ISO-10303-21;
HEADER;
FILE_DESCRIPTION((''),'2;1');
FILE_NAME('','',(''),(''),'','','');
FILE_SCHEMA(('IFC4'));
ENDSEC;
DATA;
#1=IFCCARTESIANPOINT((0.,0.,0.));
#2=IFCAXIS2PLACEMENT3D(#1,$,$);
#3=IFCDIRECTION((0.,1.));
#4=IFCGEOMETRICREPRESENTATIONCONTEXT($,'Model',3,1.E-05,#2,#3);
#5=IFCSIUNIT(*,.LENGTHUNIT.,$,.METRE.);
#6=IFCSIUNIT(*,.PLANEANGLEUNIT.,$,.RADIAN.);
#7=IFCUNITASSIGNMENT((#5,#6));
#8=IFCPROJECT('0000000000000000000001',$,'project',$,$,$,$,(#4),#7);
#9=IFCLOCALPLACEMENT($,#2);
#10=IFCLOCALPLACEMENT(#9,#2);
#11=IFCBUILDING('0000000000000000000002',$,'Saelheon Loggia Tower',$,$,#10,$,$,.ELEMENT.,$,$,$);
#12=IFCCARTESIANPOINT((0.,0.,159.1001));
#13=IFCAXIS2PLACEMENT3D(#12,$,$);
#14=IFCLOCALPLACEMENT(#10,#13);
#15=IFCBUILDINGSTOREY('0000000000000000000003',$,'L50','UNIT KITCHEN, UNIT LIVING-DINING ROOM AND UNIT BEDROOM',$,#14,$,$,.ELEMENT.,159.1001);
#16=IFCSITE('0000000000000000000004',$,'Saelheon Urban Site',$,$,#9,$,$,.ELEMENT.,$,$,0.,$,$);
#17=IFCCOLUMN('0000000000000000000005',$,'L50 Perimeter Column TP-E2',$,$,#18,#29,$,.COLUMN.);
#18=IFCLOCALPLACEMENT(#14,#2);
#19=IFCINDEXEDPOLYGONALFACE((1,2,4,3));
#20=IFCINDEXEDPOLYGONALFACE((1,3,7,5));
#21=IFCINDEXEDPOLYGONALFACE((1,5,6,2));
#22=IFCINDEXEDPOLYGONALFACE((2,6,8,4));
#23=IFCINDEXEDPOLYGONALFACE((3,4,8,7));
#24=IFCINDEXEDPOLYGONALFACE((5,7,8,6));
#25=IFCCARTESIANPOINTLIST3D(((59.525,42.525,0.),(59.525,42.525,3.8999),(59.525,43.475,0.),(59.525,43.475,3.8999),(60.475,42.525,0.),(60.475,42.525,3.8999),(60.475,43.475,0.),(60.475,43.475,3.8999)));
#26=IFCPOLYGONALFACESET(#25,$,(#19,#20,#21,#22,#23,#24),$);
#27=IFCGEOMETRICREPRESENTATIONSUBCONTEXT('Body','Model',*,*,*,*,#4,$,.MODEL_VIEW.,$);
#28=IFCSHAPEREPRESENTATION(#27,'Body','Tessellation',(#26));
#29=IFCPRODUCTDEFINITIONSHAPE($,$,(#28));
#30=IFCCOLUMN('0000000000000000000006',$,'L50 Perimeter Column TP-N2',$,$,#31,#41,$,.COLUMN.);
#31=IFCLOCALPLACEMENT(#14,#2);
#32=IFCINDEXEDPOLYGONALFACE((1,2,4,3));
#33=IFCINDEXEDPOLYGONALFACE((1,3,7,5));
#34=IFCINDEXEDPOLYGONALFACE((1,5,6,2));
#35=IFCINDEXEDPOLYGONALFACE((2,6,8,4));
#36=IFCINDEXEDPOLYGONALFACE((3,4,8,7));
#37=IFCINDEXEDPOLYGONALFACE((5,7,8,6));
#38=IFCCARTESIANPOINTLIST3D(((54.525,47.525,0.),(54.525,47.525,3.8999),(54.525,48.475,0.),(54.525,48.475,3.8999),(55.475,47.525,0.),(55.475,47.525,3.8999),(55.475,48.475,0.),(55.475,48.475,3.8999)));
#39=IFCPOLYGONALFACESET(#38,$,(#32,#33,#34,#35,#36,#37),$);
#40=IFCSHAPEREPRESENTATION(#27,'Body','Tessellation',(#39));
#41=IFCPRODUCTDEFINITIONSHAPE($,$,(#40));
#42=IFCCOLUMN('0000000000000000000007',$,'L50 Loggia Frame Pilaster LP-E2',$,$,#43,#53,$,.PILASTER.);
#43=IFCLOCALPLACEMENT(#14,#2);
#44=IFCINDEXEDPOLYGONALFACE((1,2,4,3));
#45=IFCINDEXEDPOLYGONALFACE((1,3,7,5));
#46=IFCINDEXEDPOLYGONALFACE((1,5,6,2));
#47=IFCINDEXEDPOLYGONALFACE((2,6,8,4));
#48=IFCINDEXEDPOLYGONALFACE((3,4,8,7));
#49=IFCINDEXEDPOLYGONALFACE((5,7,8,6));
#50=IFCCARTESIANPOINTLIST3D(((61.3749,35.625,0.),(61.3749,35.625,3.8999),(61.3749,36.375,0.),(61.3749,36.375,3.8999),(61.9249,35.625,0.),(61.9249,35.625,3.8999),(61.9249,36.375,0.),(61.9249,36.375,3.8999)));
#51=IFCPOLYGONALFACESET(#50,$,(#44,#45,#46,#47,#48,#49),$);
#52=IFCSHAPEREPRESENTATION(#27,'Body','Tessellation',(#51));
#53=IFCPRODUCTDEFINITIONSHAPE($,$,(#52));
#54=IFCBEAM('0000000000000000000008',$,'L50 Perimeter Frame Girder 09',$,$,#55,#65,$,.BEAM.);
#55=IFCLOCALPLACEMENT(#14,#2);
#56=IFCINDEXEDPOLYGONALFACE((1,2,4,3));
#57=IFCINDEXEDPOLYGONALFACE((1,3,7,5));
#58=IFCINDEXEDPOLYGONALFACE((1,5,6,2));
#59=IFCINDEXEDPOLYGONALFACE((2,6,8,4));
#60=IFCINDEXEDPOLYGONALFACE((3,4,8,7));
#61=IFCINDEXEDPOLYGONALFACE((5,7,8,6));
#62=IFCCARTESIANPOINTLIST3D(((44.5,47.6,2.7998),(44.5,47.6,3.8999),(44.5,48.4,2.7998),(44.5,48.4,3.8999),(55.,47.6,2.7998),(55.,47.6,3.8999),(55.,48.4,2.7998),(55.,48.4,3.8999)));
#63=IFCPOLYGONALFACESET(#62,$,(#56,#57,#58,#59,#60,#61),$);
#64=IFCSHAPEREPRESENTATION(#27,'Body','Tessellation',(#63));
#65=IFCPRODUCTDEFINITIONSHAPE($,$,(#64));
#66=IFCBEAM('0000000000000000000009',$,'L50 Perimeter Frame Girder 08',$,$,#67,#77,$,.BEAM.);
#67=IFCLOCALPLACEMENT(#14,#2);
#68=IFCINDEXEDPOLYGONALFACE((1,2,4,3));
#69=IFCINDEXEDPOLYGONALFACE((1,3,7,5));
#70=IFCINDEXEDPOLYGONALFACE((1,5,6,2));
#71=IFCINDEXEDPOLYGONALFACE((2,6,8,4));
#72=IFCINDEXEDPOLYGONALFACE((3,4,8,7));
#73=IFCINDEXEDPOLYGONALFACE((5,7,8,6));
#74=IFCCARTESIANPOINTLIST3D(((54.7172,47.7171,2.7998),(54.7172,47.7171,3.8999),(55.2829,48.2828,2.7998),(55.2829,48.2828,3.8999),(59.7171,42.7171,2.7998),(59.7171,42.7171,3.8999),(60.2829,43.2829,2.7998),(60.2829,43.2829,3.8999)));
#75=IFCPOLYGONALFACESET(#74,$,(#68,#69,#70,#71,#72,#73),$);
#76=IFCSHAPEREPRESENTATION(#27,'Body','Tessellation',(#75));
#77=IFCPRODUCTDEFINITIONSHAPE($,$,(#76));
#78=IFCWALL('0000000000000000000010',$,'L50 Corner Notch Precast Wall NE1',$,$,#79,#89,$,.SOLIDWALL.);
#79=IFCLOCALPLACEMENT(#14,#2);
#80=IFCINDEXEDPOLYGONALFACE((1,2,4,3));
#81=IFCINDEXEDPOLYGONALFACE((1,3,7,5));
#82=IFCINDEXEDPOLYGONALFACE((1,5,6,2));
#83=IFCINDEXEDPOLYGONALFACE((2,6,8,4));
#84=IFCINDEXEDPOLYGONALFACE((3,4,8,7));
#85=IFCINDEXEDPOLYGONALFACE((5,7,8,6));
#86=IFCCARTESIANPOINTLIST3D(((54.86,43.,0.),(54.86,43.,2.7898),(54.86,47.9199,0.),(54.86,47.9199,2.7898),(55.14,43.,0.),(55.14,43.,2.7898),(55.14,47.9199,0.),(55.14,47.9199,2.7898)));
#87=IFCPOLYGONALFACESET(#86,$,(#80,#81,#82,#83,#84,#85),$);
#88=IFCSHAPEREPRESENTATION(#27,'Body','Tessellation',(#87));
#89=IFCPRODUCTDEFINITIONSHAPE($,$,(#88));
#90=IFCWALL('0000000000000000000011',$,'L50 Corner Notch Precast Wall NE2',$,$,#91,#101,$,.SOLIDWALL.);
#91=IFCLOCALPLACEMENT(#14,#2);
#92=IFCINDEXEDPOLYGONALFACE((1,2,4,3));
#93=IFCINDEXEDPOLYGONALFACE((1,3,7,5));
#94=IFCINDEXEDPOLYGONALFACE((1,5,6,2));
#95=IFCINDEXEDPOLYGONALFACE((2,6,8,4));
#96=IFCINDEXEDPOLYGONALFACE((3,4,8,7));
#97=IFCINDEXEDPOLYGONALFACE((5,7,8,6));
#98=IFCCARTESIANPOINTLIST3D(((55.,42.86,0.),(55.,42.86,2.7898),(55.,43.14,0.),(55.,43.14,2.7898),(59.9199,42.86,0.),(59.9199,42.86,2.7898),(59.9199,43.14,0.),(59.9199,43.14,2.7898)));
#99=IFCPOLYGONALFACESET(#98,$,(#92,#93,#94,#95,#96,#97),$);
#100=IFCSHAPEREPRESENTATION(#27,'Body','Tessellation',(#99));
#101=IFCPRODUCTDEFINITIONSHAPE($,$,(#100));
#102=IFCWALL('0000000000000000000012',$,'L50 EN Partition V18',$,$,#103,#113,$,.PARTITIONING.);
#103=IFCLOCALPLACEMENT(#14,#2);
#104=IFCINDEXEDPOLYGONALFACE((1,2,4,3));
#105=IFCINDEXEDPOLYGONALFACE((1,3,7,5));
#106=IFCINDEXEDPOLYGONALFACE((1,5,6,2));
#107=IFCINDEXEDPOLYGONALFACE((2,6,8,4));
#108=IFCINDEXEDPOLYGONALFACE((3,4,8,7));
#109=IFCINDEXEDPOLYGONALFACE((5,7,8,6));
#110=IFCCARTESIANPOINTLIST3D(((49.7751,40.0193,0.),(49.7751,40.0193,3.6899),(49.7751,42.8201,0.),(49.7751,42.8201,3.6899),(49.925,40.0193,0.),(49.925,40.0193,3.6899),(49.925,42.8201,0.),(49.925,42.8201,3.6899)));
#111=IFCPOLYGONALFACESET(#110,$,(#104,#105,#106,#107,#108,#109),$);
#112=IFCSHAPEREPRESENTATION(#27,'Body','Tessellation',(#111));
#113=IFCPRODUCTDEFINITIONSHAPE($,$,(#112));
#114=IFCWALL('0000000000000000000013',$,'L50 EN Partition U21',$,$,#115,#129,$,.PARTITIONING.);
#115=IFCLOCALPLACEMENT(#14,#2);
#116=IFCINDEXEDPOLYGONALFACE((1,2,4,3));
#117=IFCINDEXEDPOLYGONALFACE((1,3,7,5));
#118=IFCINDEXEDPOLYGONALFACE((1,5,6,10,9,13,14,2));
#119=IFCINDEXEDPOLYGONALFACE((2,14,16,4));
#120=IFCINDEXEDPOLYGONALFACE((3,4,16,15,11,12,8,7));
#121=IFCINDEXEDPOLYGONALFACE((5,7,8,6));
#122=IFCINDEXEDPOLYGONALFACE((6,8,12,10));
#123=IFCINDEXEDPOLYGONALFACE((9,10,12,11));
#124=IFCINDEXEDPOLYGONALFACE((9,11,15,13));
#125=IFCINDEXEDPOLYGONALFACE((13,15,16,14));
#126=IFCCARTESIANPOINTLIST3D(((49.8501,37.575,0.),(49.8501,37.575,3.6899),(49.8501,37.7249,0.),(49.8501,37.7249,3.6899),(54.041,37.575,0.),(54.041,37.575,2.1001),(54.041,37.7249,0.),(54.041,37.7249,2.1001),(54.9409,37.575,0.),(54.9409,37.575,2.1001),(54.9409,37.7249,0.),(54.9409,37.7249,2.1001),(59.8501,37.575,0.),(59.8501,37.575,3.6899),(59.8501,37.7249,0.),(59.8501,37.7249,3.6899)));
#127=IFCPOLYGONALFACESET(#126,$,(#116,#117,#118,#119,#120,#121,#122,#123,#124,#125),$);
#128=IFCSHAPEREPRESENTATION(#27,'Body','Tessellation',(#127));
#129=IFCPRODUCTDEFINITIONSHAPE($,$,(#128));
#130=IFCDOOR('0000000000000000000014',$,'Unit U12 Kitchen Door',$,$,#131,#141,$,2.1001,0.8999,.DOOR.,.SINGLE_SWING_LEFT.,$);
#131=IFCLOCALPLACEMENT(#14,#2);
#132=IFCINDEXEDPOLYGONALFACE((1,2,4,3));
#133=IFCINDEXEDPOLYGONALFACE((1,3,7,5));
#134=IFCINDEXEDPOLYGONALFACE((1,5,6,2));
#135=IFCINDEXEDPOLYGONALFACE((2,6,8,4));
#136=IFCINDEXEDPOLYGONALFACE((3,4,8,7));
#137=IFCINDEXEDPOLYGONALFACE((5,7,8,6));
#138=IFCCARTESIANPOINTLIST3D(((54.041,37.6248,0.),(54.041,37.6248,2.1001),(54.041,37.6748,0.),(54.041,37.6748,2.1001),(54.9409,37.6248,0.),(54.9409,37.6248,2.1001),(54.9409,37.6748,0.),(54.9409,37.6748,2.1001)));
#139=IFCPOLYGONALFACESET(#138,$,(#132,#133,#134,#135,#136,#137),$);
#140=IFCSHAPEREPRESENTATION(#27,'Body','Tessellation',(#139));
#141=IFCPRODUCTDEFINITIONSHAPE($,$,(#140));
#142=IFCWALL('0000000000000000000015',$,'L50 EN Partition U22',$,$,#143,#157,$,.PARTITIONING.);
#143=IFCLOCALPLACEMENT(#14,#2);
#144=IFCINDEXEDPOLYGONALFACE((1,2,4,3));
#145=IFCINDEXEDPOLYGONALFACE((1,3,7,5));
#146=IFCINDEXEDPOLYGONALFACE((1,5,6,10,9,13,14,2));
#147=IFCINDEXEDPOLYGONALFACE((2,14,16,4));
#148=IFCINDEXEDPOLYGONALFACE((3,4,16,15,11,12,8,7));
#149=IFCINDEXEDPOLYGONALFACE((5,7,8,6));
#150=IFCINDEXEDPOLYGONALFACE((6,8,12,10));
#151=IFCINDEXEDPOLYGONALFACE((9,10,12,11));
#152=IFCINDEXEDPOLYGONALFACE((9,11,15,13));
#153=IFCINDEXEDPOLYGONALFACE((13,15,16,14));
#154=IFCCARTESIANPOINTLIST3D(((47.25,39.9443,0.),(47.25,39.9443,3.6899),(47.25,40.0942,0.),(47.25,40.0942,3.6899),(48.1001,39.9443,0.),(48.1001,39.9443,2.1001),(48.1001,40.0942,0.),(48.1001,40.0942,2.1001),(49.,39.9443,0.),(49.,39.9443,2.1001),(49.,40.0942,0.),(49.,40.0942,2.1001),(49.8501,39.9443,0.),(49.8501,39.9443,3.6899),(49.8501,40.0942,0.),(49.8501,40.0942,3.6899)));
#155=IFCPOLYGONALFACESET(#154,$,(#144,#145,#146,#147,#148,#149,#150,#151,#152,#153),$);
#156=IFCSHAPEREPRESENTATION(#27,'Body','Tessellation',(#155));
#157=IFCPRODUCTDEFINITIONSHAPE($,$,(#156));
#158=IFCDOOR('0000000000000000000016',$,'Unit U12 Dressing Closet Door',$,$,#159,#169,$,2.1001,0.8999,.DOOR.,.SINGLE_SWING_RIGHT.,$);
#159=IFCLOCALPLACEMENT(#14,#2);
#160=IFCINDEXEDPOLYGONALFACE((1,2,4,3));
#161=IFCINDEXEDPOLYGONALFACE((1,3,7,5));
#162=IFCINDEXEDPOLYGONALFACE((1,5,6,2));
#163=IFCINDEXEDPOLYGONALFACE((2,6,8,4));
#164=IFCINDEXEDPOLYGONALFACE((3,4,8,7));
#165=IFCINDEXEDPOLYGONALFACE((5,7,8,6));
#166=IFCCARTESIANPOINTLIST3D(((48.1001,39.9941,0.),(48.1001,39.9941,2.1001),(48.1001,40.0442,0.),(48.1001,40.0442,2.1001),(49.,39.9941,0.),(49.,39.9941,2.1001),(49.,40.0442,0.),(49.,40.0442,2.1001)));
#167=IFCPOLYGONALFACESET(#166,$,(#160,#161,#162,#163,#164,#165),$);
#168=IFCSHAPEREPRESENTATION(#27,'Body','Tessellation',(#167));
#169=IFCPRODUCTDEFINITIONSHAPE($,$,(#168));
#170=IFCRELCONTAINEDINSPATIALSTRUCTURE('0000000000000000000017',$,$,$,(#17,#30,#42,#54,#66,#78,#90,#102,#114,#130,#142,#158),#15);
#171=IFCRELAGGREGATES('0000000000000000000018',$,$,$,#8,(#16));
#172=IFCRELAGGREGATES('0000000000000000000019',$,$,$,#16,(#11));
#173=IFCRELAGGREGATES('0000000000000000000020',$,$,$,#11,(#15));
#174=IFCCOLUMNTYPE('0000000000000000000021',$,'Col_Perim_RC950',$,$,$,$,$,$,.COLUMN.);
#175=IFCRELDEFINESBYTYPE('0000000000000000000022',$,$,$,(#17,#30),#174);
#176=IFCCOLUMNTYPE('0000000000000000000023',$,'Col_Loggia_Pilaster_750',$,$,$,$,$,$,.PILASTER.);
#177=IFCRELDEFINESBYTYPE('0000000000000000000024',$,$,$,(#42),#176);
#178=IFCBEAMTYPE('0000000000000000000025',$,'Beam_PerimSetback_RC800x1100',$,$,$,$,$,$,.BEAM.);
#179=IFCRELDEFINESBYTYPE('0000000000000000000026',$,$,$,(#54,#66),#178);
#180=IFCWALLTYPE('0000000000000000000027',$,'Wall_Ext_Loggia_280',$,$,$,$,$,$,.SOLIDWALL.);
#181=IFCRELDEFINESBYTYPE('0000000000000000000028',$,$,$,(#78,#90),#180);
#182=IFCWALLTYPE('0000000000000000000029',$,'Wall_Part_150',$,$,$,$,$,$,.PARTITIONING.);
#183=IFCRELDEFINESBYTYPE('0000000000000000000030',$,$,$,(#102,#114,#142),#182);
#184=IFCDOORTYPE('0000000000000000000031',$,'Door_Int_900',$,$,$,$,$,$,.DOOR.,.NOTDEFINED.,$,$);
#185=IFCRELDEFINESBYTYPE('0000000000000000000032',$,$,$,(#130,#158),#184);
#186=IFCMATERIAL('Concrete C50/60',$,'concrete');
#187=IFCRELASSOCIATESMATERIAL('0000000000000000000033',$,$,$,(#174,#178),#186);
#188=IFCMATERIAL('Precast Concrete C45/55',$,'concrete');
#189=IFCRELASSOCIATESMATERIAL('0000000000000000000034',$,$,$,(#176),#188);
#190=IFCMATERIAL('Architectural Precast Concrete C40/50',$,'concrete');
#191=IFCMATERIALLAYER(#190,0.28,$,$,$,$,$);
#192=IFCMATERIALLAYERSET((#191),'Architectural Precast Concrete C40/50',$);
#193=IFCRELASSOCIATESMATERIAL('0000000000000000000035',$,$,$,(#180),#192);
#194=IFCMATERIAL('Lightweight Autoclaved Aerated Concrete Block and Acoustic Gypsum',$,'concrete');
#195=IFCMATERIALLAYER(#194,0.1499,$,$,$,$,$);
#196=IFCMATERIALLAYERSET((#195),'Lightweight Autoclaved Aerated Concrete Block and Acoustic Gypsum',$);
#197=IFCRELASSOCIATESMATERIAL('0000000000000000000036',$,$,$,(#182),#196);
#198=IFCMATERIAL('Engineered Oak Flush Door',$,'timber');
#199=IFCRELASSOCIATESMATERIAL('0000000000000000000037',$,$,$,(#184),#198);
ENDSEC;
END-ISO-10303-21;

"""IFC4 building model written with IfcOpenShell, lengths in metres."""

from ifc_helpers import new_model, si_unit, direction, frame, frame_2d, origin, origin_2d, place, context, subcontext, project, spatial, rectangle, extrude, source, transform, mapped, material, layer, layer_set, material_profile, profile_set, type_object, element, fill, save


model = new_model("IFC4")

# Units and contexts
model_context = context("Model", 3, precision=1e-05, world=origin(), true_north=direction((0.0, 1.0)))
body_context = subcontext(model_context, "Body", "Model", "MODEL_VIEW")
ifc_project = project(units=[si_unit("LENGTHUNIT", "METRE"), si_unit("PLANEANGLEUNIT", "RADIAN")], contexts=[model_context])

# Site, building, storey
site_placement = place(None, origin())
site = spatial("IfcSite", under=ifc_project, at=site_placement, Name="Saelheon Urban Site", CompositionType="ELEMENT", RefElevation=0.0)
building_placement = place(site_placement, origin())
building = spatial("IfcBuilding", under=site, at=building_placement, Name="Saelheon Loggia Tower", CompositionType="ELEMENT")
storey_placement = place(building_placement, frame((0.0, 0.0, 159.1001)))
storey = spatial("IfcBuildingStorey", under=building, at=storey_placement, Name="L50", Description="UNIT KITCHEN, UNIT LIVING-DINING ROOM AND UNIT BEDROOM", CompositionType="ELEMENT", Elevation=159.1001)

# Columns
ifc_material_1 = material(Name="Concrete C50/60", Category="concrete")
ifc_material_profile_1 = material_profile(ifc_material_1, rectangle(XDim=0.95, YDim=0.95, at=origin_2d()), Name="RC-950x950")
ifc_profile_set_1 = profile_set([ifc_material_profile_1], Name="Concrete C50/60")
column_type_1 = type_object("IfcColumnType", Name="Col_Perim_RC950", PredefinedType="COLUMN", material=ifc_profile_set_1)
shared_shape_1 = source(origin(), body_context, "Body", "SweptSolid", [
    extrude(rectangle(XDim=0.95, YDim=0.95, at=origin_2d()), origin(), (0.0, 0.0, 1.0), 3.8999),
])
for number, where, z_axis, x_axis, name in (
    (1, (60.0, 43.0, 0.0), (0.0, 0.0, 1.0), (1.0, 0.0, 0.0), "L50 Perimeter Column TP-E2"),
    (2, (55.0, 48.0, 0.0), (0.0, 0.0, 1.0), (1.0, 0.0, 0.0), "L50 Perimeter Column TP-N2"),
):
    element("IfcColumn", number, at=place(storey_placement, frame(where, z_axis=z_axis, x_axis=x_axis)), inside=storey, type_object=column_type_1, Name=name, PredefinedType="COLUMN", context=body_context, shape_type="MappedRepresentation", body=[
        mapped(shared_shape_1, transform((0.0, 0.0, 0.0), scale=1.0)),
    ])
ifc_material_2 = material(Name="Precast Concrete C45/55", Category="concrete")
ifc_material_profile_2 = material_profile(ifc_material_2, rectangle(XDim=0.55, YDim=0.75, at=origin_2d()), Name="RC-550x750")
ifc_profile_set_2 = profile_set([ifc_material_profile_2], Name="Precast Concrete C45/55")
column_type_2 = type_object("IfcColumnType", Name="Col_Loggia_Pilaster_750", PredefinedType="PILASTER", material=ifc_profile_set_2)
shared_shape_2 = source(origin(), body_context, "Body", "SweptSolid", [
    extrude(rectangle(XDim=0.55, YDim=0.75, at=origin_2d()), origin(), (0.0, 0.0, 1.0), 3.8999),
])
column_placement = place(storey_placement, frame((61.6499, 36.0, 0.0), z_axis=(0.0, 0.0, 1.0), x_axis=(1.0, 0.0, 0.0)))
element("IfcColumn", 3, at=column_placement, inside=storey, type_object=column_type_2, Name="L50 Loggia Frame Pilaster LP-E2", PredefinedType="PILASTER", context=body_context, shape_type="MappedRepresentation", body=[
    mapped(shared_shape_2, transform((0.0, 0.0, 0.0), scale=1.0)),
])

# Beams
ifc_material_profile_3 = material_profile(ifc_material_1, rectangle(XDim=0.8, YDim=1.1001, at=origin_2d()), Name="RC-800x1100")
ifc_profile_set_3 = profile_set([ifc_material_profile_3], Name="Concrete C50/60")
beam_type = type_object("IfcBeamType", Name="Beam_PerimSetback_RC800x1100", PredefinedType="BEAM", material=ifc_profile_set_3)
shared_shape_3 = source(origin(), body_context, "Body", "SweptSolid", [
    extrude(rectangle(XDim=0.8, YDim=1.1001, at=origin_2d()), origin(), (0.0, 0.0, 1.0), 10.5),
])
beam_1_placement = place(storey_placement, frame((55.0, 48.0, 3.3499), z_axis=(-1.0, 0.0, 0.0), x_axis=(0.0, -1.0, 0.0)))
element("IfcBeam", 4, at=beam_1_placement, inside=storey, type_object=beam_type, Name="L50 Perimeter Frame Girder 09", PredefinedType="BEAM", context=body_context, shape_type="MappedRepresentation", body=[
    mapped(shared_shape_3, transform((0.0, 0.0, 0.0), scale=1.0)),
])
shared_shape_4 = source(origin(), body_context, "Body", "SweptSolid", [
    extrude(rectangle(XDim=0.8, YDim=1.1001, at=origin_2d()), origin(), (0.0, 0.0, 1.0), 7.071),
])
beam_2_placement = place(storey_placement, frame((60.0, 43.0, 3.3499), z_axis=(-0.707107, 0.707107, 0.0), x_axis=(-0.707107, -0.707107, 0.0)))
element("IfcBeam", 5, at=beam_2_placement, inside=storey, type_object=beam_type, Name="L50 Perimeter Frame Girder 08", PredefinedType="BEAM", context=body_context, shape_type="MappedRepresentation", body=[
    mapped(shared_shape_4, transform((0.0, 0.0, 0.0), scale=1.0)),
])

# Walls
ifc_material_3 = material(Name="Architectural Precast Concrete C40/50", Category="concrete")
ifc_layer_1 = layer(ifc_material_3, 0.28)
ifc_layer_set_1 = layer_set([ifc_layer_1], Name="Architectural Precast Concrete C40/50")
wall_type_1 = type_object("IfcWallType", Name="Wall_Ext_Loggia_280", PredefinedType="SOLIDWALL", material=ifc_layer_set_1)
for number, where, z_axis, x_axis, name in (
    (6, (55.0, 43.0, 0.0), (0.0, 0.0, 1.0), (0.0, 1.0, 0.0), "L50 Corner Notch Precast Wall NE1"),
    (7, (55.0, 43.0, 0.0), (0.0, 0.0, 1.0), (1.0, 0.0, 0.0), "L50 Corner Notch Precast Wall NE2"),
):
    element("IfcWall", number, at=place(storey_placement, frame(where, z_axis=z_axis, x_axis=x_axis)), inside=storey, type_object=wall_type_1, Name=name, PredefinedType="SOLIDWALL", context=body_context, shape_type="SweptSolid", body=[
        extrude(rectangle(XDim=4.9199, YDim=0.28, at=frame_2d((2.46, 0.0))), origin(), (0.0, 0.0, 1.0), 2.7898),
    ])
ifc_material_4 = material(Name="Lightweight Autoclaved Aerated Concrete Block and Acoustic Gypsum", Category="concrete")
ifc_layer_2 = layer(ifc_material_4, 0.1499)
ifc_layer_set_2 = layer_set([ifc_layer_2], Name="Lightweight Autoclaved Aerated Concrete Block and Acoustic Gypsum")
wall_type_2 = type_object("IfcWallType", Name="Wall_Part_150", PredefinedType="PARTITIONING", material=ifc_layer_set_2)
wall_1_placement = place(storey_placement, frame((49.8501, 40.0193, 0.0), z_axis=(0.0, 0.0, 1.0), x_axis=(0.0, 1.0, 0.0)))
element("IfcWall", 8, at=wall_1_placement, inside=storey, type_object=wall_type_2, Name="L50 EN Partition V18", PredefinedType="PARTITIONING", context=body_context, shape_type="SweptSolid", body=[
    extrude(rectangle(XDim=2.8008, YDim=0.1499, at=frame_2d((1.4004, 0.0))), origin(), (0.0, 0.0, 1.0), 3.6899),
])

# Walls, openings, doors
wall_2_placement = place(storey_placement, frame((49.8501, 37.6499, 0.0), z_axis=(0.0, 0.0, 1.0), x_axis=(1.0, 0.0, 0.0)))
wall_2 = element("IfcWall", 9, at=wall_2_placement, inside=storey, type_object=wall_type_2, Name="L50 EN Partition U21", PredefinedType="PARTITIONING", context=body_context, shape_type="SweptSolid", body=[
    extrude(rectangle(XDim=10.0, YDim=0.1499, at=frame_2d((5.0, 0.0))), origin(), (0.0, 0.0, 1.0), 3.6899),
])
opening_1_placement = place(wall_2_placement, frame((4.1909, 0.0, 0.0)))
opening_1 = element("IfcOpeningElement", 10, at=opening_1_placement, cuts=wall_2, PredefinedType="OPENING", context=body_context, shape_type="SweptSolid", body=[
    extrude(rectangle(XDim=0.8999, YDim=2.1001, at=frame_2d((0.45, 1.05))), frame((0.0, 0.0869, 0.0), z_axis=(0.0, -1.0, 0.0), x_axis=(1.0, 0.0, 0.0)), (0.0, 0.0, 1.0), 0.1738),
])
ifc_material_5 = material(Name="Engineered Oak Flush Door", Category="timber")
door_type_1 = type_object("IfcDoorType", Name="Door_Int_900", OperationType="NOTDEFINED", PredefinedType="DOOR", material=ifc_material_5)
shared_shape_5 = source(origin(), body_context, "Body", "SweptSolid", [
    extrude(rectangle(XDim=0.8999, YDim=2.1001, at=frame_2d((0.45, 1.05))), frame((0.0, 0.0249, 0.0), z_axis=(0.0, -1.0, 0.0), x_axis=(1.0, 0.0, 0.0)), (0.0, 0.0, 1.0), 0.05),
])
door_1_placement = place(opening_1_placement, origin())
door_1 = element("IfcDoor", 11, at=door_1_placement, inside=storey, type_object=door_type_1, Name="Unit U12 Kitchen Door", OperationType="SINGLE_SWING_LEFT", OverallHeight=2.1001, OverallWidth=0.8999, PredefinedType="DOOR", context=body_context, shape_type="MappedRepresentation", body=[
    mapped(shared_shape_5, transform((0.0, 0.0, 0.0), scale=1.0)),
])
fill(opening_1, door_1)
wall_3_placement = place(storey_placement, frame((47.25, 40.0193, 0.0), z_axis=(0.0, 0.0, 1.0), x_axis=(1.0, 0.0, 0.0)))
wall_3 = element("IfcWall", 12, at=wall_3_placement, inside=storey, type_object=wall_type_2, Name="L50 EN Partition U22", PredefinedType="PARTITIONING", context=body_context, shape_type="SweptSolid", body=[
    extrude(rectangle(XDim=2.6001, YDim=0.1499, at=frame_2d((1.3, 0.0))), origin(), (0.0, 0.0, 1.0), 3.6899),
])
opening_2_placement = place(wall_3_placement, frame((0.8501, 0.0, 0.0)))
opening_2 = element("IfcOpeningElement", 13, at=opening_2_placement, cuts=wall_3, PredefinedType="OPENING", context=body_context, shape_type="SweptSolid", body=[
    extrude(rectangle(XDim=0.8999, YDim=2.1001, at=frame_2d((0.45, 1.05))), frame((0.0, 0.0869, 0.0), z_axis=(0.0, -1.0, 0.0), x_axis=(1.0, 0.0, 0.0)), (0.0, 0.0, 1.0), 0.1738),
])
door_2_placement = place(opening_2_placement, origin())
door_2 = element("IfcDoor", 14, at=door_2_placement, inside=storey, type_object=door_type_1, Name="Unit U12 Dressing Closet Door", OperationType="SINGLE_SWING_RIGHT", OverallHeight=2.1001, OverallWidth=0.8999, PredefinedType="DOOR", context=body_context, shape_type="MappedRepresentation", body=[
    mapped(shared_shape_5, transform((0.0, 0.0, 0.0), scale=1.0)),
])
fill(opening_2, door_2)

save(model, "model.ifc")
